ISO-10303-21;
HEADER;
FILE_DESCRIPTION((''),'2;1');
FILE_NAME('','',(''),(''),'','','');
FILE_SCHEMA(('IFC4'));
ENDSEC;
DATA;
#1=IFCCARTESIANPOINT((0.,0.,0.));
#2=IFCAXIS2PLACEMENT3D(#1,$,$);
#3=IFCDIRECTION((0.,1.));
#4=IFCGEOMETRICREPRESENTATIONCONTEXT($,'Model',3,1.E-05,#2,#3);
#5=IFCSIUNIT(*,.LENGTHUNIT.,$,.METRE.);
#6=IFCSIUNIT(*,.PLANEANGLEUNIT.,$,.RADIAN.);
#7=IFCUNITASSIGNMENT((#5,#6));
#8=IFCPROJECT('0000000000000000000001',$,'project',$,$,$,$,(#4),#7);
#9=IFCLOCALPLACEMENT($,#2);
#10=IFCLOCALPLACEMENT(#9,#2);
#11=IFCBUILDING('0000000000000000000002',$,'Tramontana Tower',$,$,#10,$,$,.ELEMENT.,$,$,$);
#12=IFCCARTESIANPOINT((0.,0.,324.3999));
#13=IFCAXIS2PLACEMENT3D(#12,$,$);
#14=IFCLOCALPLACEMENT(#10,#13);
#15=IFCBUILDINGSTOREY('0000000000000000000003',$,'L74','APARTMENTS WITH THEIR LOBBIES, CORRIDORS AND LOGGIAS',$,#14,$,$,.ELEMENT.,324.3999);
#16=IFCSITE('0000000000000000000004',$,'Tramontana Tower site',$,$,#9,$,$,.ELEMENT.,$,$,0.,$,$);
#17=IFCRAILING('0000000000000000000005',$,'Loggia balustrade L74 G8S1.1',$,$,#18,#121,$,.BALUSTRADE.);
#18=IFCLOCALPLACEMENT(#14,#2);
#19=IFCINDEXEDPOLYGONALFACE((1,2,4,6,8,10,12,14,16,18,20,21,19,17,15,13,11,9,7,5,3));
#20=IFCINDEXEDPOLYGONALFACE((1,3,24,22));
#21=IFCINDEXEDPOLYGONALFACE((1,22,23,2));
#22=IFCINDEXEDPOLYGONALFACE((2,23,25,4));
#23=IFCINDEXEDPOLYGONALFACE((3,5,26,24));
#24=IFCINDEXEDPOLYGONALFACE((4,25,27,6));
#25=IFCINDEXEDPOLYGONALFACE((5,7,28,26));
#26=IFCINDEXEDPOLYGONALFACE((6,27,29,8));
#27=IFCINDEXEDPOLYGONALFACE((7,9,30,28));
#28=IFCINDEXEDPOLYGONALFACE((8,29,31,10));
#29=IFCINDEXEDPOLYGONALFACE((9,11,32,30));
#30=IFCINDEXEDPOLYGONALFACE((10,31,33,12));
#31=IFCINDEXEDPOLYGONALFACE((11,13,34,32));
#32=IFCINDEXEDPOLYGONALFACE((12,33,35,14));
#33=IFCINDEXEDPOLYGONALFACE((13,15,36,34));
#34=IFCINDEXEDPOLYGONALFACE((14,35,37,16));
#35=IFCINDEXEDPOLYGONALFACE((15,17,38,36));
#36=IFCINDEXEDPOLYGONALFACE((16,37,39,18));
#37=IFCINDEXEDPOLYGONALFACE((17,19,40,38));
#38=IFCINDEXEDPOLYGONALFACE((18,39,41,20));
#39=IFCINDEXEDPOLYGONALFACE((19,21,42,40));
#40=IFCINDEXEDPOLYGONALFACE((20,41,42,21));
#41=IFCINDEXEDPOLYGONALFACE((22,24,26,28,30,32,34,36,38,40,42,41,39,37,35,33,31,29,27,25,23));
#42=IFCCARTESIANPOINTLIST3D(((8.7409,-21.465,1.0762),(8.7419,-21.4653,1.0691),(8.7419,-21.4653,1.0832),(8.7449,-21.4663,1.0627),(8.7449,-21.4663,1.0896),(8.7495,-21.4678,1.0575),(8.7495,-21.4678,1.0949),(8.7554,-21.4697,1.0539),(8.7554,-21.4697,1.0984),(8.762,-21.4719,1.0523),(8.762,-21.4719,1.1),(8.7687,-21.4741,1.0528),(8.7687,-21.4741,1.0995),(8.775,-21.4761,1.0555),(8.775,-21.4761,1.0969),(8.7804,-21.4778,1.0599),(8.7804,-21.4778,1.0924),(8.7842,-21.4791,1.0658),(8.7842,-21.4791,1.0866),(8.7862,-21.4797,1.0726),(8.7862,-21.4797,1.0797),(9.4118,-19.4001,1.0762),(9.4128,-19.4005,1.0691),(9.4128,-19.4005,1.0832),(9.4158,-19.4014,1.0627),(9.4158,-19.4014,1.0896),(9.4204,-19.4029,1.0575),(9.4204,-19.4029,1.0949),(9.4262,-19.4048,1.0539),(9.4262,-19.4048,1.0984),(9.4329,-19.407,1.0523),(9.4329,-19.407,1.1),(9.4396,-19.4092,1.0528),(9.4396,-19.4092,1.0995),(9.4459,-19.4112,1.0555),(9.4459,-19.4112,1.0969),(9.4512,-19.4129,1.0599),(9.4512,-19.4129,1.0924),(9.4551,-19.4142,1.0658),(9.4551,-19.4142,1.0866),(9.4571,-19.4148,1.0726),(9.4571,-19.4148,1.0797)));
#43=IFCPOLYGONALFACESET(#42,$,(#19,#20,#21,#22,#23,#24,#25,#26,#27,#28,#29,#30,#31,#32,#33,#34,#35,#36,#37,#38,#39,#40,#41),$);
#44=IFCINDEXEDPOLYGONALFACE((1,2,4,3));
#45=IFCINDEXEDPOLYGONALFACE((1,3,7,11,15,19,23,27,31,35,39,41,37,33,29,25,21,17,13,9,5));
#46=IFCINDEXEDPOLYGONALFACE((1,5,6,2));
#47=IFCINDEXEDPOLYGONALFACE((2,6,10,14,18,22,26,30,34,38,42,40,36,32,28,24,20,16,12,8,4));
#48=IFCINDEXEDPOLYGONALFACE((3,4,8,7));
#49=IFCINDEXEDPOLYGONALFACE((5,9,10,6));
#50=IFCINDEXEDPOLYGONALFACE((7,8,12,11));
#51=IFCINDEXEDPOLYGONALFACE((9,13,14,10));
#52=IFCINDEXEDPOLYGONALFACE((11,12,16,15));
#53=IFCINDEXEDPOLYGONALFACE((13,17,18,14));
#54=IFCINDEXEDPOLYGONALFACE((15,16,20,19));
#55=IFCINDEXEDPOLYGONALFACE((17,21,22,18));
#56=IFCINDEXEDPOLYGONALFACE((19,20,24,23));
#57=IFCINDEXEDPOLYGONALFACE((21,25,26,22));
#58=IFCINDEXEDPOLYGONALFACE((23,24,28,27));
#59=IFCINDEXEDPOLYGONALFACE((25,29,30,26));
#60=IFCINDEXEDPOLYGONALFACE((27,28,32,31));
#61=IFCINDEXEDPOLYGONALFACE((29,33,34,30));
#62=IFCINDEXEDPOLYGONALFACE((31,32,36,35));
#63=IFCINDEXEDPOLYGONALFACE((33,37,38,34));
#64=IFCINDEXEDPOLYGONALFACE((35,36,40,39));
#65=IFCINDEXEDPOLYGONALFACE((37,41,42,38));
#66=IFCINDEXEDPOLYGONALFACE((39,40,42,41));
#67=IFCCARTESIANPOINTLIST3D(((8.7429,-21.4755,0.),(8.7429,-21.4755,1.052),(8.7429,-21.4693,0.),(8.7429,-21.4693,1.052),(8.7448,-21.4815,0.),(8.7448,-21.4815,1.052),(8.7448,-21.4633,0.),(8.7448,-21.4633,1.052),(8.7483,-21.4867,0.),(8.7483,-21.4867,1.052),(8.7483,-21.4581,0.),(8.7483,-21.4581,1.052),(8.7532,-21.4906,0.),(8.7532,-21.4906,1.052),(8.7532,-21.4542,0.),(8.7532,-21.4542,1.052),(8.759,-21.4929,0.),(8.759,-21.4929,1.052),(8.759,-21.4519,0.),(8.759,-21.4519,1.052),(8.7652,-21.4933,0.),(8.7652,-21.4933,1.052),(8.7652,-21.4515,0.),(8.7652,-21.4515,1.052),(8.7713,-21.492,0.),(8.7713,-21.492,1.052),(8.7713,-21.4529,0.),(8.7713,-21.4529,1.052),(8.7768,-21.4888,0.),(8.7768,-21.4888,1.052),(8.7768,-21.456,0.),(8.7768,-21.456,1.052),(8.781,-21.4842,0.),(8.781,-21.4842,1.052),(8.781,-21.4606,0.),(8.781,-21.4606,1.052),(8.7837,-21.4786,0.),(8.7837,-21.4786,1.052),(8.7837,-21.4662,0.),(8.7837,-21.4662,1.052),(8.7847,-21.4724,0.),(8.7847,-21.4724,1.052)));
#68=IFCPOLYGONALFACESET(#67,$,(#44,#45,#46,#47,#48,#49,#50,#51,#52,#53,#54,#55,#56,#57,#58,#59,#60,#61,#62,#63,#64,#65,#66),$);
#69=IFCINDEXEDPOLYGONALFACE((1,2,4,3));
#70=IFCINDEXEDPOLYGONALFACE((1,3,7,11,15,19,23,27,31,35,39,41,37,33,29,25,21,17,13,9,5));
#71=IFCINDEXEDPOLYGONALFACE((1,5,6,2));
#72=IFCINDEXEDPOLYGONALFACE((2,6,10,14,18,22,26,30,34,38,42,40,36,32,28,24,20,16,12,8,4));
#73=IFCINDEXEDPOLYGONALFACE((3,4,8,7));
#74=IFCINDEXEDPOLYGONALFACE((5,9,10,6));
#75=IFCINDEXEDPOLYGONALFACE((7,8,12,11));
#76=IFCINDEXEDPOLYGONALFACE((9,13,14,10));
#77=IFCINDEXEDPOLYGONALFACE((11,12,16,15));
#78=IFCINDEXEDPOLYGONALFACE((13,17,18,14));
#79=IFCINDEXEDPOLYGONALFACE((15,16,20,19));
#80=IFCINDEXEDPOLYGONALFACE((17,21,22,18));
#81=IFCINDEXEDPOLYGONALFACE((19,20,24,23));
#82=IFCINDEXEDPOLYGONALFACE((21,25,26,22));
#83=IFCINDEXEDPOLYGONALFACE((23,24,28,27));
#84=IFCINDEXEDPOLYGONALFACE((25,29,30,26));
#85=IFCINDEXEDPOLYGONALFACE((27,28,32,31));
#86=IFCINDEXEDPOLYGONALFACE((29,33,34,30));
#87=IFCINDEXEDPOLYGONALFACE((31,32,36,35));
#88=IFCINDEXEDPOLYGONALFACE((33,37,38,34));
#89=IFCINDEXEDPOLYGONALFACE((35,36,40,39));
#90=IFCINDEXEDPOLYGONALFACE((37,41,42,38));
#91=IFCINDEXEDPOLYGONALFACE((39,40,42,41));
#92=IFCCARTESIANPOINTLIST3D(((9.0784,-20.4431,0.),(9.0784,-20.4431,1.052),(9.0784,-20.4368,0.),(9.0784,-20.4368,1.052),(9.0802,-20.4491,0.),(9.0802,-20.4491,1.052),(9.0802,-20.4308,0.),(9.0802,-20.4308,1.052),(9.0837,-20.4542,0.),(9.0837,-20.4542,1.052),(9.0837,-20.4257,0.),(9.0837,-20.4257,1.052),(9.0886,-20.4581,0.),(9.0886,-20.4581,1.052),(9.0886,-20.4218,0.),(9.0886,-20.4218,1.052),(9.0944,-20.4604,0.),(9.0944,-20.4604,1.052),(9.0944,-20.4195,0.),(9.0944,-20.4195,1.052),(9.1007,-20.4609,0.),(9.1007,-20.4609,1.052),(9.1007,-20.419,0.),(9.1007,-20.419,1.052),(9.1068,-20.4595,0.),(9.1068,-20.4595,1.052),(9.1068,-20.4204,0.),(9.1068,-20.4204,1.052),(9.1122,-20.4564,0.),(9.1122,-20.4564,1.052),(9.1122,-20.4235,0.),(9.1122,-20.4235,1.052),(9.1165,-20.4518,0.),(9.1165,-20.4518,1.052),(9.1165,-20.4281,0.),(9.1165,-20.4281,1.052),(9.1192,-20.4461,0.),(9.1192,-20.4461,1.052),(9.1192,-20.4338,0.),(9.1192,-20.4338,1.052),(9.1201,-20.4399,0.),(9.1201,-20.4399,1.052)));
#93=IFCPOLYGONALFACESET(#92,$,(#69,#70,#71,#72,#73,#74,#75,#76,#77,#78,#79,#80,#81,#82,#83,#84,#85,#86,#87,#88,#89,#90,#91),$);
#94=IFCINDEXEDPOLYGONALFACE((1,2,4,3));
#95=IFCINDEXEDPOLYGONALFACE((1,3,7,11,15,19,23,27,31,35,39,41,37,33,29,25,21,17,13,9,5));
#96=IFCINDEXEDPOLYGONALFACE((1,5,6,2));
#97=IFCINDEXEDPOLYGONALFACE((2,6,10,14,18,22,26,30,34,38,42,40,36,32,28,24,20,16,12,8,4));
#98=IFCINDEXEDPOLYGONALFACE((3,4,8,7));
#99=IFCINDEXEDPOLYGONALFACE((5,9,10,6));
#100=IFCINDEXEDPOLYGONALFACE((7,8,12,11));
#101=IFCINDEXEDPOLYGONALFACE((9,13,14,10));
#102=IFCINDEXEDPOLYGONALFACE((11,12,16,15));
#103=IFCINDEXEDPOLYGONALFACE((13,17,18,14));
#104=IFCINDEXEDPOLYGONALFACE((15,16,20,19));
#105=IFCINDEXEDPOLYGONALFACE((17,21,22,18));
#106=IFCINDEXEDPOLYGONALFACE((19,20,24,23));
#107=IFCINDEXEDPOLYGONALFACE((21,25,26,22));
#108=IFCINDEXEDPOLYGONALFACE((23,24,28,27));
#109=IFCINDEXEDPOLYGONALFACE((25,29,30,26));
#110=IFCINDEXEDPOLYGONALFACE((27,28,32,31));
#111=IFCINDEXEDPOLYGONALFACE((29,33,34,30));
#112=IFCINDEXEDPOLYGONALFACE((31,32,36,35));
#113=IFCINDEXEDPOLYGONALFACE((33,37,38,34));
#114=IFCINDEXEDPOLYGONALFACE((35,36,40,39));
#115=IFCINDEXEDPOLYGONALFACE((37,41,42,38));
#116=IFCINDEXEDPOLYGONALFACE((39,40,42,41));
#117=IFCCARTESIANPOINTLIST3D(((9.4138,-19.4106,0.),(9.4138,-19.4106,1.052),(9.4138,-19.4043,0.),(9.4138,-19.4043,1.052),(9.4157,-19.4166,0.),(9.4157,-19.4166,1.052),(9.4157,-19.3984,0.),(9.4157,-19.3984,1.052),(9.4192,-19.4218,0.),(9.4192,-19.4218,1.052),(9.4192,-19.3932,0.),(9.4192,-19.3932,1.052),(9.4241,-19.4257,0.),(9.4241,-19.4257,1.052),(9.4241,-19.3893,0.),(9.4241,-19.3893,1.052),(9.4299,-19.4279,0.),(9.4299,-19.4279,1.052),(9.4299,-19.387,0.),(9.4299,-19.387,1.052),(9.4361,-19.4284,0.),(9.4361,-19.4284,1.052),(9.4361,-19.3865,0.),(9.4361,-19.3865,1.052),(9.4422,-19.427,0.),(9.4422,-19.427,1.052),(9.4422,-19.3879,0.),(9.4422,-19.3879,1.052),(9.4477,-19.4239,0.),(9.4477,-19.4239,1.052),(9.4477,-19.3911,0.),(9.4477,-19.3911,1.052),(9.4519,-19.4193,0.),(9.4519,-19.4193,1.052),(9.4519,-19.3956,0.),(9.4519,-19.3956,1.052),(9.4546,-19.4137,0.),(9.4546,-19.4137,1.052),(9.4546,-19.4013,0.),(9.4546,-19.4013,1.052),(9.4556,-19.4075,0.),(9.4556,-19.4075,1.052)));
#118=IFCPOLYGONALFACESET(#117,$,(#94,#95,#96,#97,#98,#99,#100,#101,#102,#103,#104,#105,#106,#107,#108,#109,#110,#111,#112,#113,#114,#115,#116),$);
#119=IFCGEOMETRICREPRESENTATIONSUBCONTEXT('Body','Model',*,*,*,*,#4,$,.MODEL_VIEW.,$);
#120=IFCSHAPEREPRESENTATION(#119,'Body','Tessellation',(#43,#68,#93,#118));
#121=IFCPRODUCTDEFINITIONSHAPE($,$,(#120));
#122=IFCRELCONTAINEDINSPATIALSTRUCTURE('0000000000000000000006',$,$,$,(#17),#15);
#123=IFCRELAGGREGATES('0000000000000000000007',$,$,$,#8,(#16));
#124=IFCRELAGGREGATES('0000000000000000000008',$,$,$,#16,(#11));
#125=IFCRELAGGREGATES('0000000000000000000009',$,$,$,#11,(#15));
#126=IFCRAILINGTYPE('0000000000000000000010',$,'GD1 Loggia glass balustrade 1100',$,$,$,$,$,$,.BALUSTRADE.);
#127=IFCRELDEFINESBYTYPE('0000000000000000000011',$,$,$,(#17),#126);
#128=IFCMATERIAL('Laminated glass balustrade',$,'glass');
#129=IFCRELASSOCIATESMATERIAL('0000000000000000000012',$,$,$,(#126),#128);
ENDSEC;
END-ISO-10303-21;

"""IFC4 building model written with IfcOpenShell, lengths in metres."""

from ifc_helpers import new_model, si_unit, direction, frame, origin, origin_2d, place, context, subcontext, project, spatial, circle, extrude, material, type_object, element, save


model = new_model("IFC4")

# Units and contexts
model_context = context("Model", 3, precision=1e-05, world=origin(), true_north=direction((0.0, 1.0)))
body_context = subcontext(model_context, "Body", "Model", "MODEL_VIEW")
ifc_project = project(units=[si_unit("LENGTHUNIT", "METRE"), si_unit("PLANEANGLEUNIT", "RADIAN")], contexts=[model_context])

# Site, building, storey
site_placement = place(None, origin())
site = spatial("IfcSite", under=ifc_project, at=site_placement, Name="Tramontana Tower site", CompositionType="ELEMENT", RefElevation=0.0)
building_placement = place(site_placement, origin())
building = spatial("IfcBuilding", under=site, at=building_placement, Name="Tramontana Tower", CompositionType="ELEMENT")
storey_placement = place(building_placement, frame((0.0, 0.0, 324.3999)))
storey = spatial("IfcBuildingStorey", under=building, at=storey_placement, Name="L74", Description="APARTMENTS WITH THEIR LOBBIES, CORRIDORS AND LOGGIAS", CompositionType="ELEMENT", Elevation=324.3999)

# Railing
ifc_material_1 = material(Name="Laminated glass balustrade", Category="glass")
railing_type = type_object("IfcRailingType", Name="GD1 Loggia glass balustrade 1100", PredefinedType="BALUSTRADE", material=ifc_material_1)
railing_1_placement = place(storey_placement, frame((8.7637, -21.4724, 0.0)))
element("IfcRailing", 1, at=railing_1_placement, inside=storey, type_object=railing_type, Name="Loggia balustrade L74 G8S1.1", PredefinedType="BALUSTRADE", context=body_context, shape_type="SweptSolid", body=[
    extrude(circle(Radius=0.0239, at=origin_2d()), frame((0.0, 0.0, 1.0762), z_axis=(0.309, 0.951062, 0.0), x_axis=(-0.951062, 0.309, 0.0)), (0.0, 0.0, 1.0), 2.1711),
    extrude(circle(Radius=0.021, at=origin_2d()), origin(), (0.0, 0.0, 1.0), 1.052),
    extrude(circle(Radius=0.021, at=origin_2d()), frame((0.3354, 1.0325, 0.0)), (0.0, 0.0, 1.0), 1.052),
    extrude(circle(Radius=0.021, at=origin_2d()), frame((0.6709, 2.0649, 0.0)), (0.0, 0.0, 1.0), 1.052),
])

save(model, "model.ifc")
